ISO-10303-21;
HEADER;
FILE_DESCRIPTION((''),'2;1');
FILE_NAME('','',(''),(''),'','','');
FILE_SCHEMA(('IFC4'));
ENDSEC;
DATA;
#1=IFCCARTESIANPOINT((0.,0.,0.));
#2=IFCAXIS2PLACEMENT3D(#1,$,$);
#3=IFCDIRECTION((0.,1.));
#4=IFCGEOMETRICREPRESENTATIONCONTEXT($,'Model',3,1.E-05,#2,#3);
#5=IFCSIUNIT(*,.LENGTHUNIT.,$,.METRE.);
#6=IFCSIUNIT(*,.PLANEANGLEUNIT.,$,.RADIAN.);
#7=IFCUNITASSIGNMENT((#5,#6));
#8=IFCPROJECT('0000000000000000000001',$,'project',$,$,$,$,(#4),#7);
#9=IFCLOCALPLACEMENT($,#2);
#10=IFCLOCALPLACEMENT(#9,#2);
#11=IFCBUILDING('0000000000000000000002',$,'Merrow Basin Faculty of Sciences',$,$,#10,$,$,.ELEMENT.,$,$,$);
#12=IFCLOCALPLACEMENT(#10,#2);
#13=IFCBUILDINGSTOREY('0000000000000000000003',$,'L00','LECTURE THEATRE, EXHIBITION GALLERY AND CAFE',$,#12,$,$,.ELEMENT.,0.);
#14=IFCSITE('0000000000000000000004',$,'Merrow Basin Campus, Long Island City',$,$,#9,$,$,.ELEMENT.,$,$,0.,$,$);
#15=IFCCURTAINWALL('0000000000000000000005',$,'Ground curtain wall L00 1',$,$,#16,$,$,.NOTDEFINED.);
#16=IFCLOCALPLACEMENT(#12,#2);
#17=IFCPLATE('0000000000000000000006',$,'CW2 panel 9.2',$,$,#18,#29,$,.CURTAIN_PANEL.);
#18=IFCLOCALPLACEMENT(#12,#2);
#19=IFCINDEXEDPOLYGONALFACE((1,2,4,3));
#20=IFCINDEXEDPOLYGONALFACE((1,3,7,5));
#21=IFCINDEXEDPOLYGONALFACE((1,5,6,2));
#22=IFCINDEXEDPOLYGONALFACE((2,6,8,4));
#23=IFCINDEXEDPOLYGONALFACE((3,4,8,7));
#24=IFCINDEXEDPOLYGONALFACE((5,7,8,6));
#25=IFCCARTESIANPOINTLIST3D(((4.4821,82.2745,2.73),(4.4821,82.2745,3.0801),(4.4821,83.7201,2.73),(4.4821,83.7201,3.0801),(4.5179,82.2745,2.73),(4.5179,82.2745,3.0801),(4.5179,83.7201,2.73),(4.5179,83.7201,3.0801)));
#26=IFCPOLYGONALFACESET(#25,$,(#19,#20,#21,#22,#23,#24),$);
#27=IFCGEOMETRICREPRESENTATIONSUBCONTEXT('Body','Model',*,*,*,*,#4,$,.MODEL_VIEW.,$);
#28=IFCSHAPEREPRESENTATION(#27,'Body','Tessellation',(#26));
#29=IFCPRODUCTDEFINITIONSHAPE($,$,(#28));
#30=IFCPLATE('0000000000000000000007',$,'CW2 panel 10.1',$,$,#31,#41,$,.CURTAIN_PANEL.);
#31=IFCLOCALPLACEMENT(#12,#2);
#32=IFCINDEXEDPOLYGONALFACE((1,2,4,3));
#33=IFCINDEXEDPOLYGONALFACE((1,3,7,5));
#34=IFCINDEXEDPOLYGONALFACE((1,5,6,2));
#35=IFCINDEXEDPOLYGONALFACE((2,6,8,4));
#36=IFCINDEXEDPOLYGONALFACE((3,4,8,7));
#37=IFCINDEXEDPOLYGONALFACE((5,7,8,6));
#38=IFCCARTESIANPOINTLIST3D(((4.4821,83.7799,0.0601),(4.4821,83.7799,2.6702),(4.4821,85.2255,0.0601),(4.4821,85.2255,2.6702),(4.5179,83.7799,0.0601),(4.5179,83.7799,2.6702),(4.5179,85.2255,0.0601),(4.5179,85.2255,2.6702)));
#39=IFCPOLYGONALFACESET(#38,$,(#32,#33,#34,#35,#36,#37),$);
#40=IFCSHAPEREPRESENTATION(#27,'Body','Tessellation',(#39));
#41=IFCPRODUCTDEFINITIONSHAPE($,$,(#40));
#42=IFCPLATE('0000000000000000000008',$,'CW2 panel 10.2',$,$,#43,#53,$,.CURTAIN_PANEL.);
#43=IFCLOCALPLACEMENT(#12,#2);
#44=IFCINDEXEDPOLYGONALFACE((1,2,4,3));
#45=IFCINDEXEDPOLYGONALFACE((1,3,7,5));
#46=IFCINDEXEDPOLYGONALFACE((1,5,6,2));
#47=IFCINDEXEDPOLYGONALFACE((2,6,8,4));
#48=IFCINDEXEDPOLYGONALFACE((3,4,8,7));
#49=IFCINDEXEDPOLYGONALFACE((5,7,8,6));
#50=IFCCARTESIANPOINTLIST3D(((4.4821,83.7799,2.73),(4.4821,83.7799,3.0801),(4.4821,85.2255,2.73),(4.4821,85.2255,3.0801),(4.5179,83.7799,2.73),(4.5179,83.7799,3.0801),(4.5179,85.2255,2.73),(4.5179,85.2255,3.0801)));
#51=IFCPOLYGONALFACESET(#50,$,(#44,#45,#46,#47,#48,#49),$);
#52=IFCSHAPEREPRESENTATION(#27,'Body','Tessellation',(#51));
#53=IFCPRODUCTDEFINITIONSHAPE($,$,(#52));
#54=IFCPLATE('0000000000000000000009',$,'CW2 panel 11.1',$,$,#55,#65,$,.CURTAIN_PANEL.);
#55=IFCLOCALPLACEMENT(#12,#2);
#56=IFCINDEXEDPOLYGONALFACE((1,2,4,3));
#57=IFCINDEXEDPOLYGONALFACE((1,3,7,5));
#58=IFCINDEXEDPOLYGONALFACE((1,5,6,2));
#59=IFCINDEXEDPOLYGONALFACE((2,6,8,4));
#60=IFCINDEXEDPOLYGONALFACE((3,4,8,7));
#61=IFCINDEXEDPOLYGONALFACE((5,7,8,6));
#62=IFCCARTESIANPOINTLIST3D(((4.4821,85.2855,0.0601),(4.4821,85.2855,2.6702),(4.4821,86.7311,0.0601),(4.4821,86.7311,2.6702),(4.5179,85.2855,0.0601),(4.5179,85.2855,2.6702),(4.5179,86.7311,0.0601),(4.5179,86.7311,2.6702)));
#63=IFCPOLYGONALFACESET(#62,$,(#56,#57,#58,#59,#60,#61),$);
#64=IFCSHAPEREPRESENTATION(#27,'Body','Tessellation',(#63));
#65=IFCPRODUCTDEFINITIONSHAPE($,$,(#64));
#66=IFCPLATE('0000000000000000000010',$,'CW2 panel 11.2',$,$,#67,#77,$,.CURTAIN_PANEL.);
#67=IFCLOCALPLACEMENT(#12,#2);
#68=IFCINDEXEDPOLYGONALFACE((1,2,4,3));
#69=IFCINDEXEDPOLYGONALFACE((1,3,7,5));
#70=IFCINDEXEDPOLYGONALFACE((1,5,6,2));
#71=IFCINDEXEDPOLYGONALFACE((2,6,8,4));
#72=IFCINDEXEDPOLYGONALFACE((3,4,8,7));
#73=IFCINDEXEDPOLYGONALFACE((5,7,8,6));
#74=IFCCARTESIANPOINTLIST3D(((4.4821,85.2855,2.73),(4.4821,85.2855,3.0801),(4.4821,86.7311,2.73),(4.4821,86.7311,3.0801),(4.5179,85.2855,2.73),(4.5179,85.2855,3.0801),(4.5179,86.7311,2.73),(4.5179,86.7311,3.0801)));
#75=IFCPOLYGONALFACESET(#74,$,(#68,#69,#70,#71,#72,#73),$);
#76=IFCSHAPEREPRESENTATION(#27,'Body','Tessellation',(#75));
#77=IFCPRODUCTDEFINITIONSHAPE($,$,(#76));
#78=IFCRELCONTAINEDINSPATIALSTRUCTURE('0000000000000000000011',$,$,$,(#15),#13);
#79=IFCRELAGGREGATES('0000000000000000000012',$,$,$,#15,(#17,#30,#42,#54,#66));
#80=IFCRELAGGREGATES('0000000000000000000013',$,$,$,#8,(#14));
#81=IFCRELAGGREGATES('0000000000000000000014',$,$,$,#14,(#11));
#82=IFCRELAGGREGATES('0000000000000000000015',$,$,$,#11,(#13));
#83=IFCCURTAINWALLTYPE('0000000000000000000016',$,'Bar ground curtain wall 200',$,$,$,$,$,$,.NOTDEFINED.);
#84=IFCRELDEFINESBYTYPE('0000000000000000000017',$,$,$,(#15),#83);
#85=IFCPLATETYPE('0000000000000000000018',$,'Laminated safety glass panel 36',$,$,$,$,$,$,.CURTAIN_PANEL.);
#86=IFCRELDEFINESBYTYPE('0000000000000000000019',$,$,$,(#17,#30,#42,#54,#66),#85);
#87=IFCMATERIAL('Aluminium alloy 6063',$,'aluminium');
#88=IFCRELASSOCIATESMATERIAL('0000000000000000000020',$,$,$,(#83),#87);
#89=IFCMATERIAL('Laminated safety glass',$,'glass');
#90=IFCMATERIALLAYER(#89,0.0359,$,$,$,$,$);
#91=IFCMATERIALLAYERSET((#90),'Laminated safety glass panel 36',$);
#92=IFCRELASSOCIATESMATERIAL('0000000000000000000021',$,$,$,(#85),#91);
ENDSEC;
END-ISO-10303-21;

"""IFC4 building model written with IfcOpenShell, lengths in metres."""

from ifc_helpers import new_model, si_unit, direction, frame, origin, origin_2d, place, context, subcontext, project, spatial, rectangle, extrude, material, layer, layer_set, type_object, element, aggregate, save


model = new_model("IFC4")

# Units and contexts
model_context = context("Model", 3, precision=1e-05, world=origin(), true_north=direction((0.0, 1.0)))
body_context = subcontext(model_context, "Body", "Model", "MODEL_VIEW")
ifc_project = project(units=[si_unit("LENGTHUNIT", "METRE"), si_unit("PLANEANGLEUNIT", "RADIAN")], contexts=[model_context])

# Site, building, storey
site_placement = place(None, origin())
site = spatial("IfcSite", under=ifc_project, at=site_placement, Name="Merrow Basin Campus, Long Island City", CompositionType="ELEMENT", RefElevation=0.0)
building_placement = place(site_placement, origin())
building = spatial("IfcBuilding", under=site, at=building_placement, Name="Merrow Basin Faculty of Sciences", CompositionType="ELEMENT")
storey_placement = place(building_placement, origin())
storey = spatial("IfcBuildingStorey", under=building, at=storey_placement, Name="L00", Description="LECTURE THEATRE, EXHIBITION GALLERY AND CAFE", CompositionType="ELEMENT", Elevation=0.0)

# Curtain wall, plates
ifc_material_1 = material(Name="Aluminium alloy 6063", Category="aluminium")
curtain_wall_type = type_object("IfcCurtainWallType", Name="Bar ground curtain wall 200", PredefinedType="NOTDEFINED", material=ifc_material_1)
curtain_wall_placement = place(storey_placement, origin())
curtain_wall = element("IfcCurtainWall", 1, at=curtain_wall_placement, inside=storey, type_object=curtain_wall_type, Name="Ground curtain wall L00 1", PredefinedType="NOTDEFINED")
ifc_material_2 = material(Name="Laminated safety glass", Category="glass")
ifc_layer = layer(ifc_material_2, 0.0359)
ifc_layer_set = layer_set([ifc_layer], Name="Laminated safety glass panel 36")
plate_type = type_object("IfcPlateType", Name="Laminated safety glass panel 36", PredefinedType="CURTAIN_PANEL", material=ifc_layer_set)
plate_1_placement = place(storey_placement, frame((4.5, 82.9973, 2.73), z_axis=(0.0, 0.0, 1.0), x_axis=(0.0, 1.0, 0.0)))
plate_1 = element("IfcPlate", 2, at=plate_1_placement, type_object=plate_type, Name="CW2 panel 9.2", PredefinedType="CURTAIN_PANEL", context=body_context, shape_type="SweptSolid", body=[
    extrude(rectangle(XDim=1.4456, YDim=0.0359, at=origin_2d()), origin(), (0.0, 0.0, 1.0), 0.3501),
])
plate_2_placement = place(storey_placement, frame((4.5, 84.5027, 0.0601), z_axis=(0.0, 0.0, 1.0), x_axis=(0.0, 1.0, 0.0)))
plate_2 = element("IfcPlate", 3, at=plate_2_placement, type_object=plate_type, Name="CW2 panel 10.1", PredefinedType="CURTAIN_PANEL", context=body_context, shape_type="SweptSolid", body=[
    extrude(rectangle(XDim=1.4456, YDim=0.0359, at=origin_2d()), origin(), (0.0, 0.0, 1.0), 2.6101),
])
plate_3_placement = place(storey_placement, frame((4.5, 84.5027, 2.73), z_axis=(0.0, 0.0, 1.0), x_axis=(0.0, 1.0, 0.0)))
plate_3 = element("IfcPlate", 4, at=plate_3_placement, type_object=plate_type, Name="CW2 panel 10.2", PredefinedType="CURTAIN_PANEL", context=body_context, shape_type="SweptSolid", body=[
    extrude(rectangle(XDim=1.4456, YDim=0.0359, at=origin_2d()), origin(), (0.0, 0.0, 1.0), 0.3501),
])
plate_4_placement = place(storey_placement, frame((4.5, 86.0083, 0.0601), z_axis=(0.0, 0.0, 1.0), x_axis=(0.0, 1.0, 0.0)))
plate_4 = element("IfcPlate", 5, at=plate_4_placement, type_object=plate_type, Name="CW2 panel 11.1", PredefinedType="CURTAIN_PANEL", context=body_context, shape_type="SweptSolid", body=[
    extrude(rectangle(XDim=1.4456, YDim=0.0359, at=origin_2d()), origin(), (0.0, 0.0, 1.0), 2.6101),
])
plate_5_placement = place(storey_placement, frame((4.5, 86.0083, 2.73), z_axis=(0.0, 0.0, 1.0), x_axis=(0.0, 1.0, 0.0)))
plate_5 = element("IfcPlate", 6, at=plate_5_placement, type_object=plate_type, Name="CW2 panel 11.2", PredefinedType="CURTAIN_PANEL", context=body_context, shape_type="SweptSolid", body=[
    extrude(rectangle(XDim=1.4456, YDim=0.0359, at=origin_2d()), origin(), (0.0, 0.0, 1.0), 0.3501),
])
aggregate(curtain_wall, [plate_1, plate_2, plate_3, plate_4, plate_5])

save(model, "model.ifc")
